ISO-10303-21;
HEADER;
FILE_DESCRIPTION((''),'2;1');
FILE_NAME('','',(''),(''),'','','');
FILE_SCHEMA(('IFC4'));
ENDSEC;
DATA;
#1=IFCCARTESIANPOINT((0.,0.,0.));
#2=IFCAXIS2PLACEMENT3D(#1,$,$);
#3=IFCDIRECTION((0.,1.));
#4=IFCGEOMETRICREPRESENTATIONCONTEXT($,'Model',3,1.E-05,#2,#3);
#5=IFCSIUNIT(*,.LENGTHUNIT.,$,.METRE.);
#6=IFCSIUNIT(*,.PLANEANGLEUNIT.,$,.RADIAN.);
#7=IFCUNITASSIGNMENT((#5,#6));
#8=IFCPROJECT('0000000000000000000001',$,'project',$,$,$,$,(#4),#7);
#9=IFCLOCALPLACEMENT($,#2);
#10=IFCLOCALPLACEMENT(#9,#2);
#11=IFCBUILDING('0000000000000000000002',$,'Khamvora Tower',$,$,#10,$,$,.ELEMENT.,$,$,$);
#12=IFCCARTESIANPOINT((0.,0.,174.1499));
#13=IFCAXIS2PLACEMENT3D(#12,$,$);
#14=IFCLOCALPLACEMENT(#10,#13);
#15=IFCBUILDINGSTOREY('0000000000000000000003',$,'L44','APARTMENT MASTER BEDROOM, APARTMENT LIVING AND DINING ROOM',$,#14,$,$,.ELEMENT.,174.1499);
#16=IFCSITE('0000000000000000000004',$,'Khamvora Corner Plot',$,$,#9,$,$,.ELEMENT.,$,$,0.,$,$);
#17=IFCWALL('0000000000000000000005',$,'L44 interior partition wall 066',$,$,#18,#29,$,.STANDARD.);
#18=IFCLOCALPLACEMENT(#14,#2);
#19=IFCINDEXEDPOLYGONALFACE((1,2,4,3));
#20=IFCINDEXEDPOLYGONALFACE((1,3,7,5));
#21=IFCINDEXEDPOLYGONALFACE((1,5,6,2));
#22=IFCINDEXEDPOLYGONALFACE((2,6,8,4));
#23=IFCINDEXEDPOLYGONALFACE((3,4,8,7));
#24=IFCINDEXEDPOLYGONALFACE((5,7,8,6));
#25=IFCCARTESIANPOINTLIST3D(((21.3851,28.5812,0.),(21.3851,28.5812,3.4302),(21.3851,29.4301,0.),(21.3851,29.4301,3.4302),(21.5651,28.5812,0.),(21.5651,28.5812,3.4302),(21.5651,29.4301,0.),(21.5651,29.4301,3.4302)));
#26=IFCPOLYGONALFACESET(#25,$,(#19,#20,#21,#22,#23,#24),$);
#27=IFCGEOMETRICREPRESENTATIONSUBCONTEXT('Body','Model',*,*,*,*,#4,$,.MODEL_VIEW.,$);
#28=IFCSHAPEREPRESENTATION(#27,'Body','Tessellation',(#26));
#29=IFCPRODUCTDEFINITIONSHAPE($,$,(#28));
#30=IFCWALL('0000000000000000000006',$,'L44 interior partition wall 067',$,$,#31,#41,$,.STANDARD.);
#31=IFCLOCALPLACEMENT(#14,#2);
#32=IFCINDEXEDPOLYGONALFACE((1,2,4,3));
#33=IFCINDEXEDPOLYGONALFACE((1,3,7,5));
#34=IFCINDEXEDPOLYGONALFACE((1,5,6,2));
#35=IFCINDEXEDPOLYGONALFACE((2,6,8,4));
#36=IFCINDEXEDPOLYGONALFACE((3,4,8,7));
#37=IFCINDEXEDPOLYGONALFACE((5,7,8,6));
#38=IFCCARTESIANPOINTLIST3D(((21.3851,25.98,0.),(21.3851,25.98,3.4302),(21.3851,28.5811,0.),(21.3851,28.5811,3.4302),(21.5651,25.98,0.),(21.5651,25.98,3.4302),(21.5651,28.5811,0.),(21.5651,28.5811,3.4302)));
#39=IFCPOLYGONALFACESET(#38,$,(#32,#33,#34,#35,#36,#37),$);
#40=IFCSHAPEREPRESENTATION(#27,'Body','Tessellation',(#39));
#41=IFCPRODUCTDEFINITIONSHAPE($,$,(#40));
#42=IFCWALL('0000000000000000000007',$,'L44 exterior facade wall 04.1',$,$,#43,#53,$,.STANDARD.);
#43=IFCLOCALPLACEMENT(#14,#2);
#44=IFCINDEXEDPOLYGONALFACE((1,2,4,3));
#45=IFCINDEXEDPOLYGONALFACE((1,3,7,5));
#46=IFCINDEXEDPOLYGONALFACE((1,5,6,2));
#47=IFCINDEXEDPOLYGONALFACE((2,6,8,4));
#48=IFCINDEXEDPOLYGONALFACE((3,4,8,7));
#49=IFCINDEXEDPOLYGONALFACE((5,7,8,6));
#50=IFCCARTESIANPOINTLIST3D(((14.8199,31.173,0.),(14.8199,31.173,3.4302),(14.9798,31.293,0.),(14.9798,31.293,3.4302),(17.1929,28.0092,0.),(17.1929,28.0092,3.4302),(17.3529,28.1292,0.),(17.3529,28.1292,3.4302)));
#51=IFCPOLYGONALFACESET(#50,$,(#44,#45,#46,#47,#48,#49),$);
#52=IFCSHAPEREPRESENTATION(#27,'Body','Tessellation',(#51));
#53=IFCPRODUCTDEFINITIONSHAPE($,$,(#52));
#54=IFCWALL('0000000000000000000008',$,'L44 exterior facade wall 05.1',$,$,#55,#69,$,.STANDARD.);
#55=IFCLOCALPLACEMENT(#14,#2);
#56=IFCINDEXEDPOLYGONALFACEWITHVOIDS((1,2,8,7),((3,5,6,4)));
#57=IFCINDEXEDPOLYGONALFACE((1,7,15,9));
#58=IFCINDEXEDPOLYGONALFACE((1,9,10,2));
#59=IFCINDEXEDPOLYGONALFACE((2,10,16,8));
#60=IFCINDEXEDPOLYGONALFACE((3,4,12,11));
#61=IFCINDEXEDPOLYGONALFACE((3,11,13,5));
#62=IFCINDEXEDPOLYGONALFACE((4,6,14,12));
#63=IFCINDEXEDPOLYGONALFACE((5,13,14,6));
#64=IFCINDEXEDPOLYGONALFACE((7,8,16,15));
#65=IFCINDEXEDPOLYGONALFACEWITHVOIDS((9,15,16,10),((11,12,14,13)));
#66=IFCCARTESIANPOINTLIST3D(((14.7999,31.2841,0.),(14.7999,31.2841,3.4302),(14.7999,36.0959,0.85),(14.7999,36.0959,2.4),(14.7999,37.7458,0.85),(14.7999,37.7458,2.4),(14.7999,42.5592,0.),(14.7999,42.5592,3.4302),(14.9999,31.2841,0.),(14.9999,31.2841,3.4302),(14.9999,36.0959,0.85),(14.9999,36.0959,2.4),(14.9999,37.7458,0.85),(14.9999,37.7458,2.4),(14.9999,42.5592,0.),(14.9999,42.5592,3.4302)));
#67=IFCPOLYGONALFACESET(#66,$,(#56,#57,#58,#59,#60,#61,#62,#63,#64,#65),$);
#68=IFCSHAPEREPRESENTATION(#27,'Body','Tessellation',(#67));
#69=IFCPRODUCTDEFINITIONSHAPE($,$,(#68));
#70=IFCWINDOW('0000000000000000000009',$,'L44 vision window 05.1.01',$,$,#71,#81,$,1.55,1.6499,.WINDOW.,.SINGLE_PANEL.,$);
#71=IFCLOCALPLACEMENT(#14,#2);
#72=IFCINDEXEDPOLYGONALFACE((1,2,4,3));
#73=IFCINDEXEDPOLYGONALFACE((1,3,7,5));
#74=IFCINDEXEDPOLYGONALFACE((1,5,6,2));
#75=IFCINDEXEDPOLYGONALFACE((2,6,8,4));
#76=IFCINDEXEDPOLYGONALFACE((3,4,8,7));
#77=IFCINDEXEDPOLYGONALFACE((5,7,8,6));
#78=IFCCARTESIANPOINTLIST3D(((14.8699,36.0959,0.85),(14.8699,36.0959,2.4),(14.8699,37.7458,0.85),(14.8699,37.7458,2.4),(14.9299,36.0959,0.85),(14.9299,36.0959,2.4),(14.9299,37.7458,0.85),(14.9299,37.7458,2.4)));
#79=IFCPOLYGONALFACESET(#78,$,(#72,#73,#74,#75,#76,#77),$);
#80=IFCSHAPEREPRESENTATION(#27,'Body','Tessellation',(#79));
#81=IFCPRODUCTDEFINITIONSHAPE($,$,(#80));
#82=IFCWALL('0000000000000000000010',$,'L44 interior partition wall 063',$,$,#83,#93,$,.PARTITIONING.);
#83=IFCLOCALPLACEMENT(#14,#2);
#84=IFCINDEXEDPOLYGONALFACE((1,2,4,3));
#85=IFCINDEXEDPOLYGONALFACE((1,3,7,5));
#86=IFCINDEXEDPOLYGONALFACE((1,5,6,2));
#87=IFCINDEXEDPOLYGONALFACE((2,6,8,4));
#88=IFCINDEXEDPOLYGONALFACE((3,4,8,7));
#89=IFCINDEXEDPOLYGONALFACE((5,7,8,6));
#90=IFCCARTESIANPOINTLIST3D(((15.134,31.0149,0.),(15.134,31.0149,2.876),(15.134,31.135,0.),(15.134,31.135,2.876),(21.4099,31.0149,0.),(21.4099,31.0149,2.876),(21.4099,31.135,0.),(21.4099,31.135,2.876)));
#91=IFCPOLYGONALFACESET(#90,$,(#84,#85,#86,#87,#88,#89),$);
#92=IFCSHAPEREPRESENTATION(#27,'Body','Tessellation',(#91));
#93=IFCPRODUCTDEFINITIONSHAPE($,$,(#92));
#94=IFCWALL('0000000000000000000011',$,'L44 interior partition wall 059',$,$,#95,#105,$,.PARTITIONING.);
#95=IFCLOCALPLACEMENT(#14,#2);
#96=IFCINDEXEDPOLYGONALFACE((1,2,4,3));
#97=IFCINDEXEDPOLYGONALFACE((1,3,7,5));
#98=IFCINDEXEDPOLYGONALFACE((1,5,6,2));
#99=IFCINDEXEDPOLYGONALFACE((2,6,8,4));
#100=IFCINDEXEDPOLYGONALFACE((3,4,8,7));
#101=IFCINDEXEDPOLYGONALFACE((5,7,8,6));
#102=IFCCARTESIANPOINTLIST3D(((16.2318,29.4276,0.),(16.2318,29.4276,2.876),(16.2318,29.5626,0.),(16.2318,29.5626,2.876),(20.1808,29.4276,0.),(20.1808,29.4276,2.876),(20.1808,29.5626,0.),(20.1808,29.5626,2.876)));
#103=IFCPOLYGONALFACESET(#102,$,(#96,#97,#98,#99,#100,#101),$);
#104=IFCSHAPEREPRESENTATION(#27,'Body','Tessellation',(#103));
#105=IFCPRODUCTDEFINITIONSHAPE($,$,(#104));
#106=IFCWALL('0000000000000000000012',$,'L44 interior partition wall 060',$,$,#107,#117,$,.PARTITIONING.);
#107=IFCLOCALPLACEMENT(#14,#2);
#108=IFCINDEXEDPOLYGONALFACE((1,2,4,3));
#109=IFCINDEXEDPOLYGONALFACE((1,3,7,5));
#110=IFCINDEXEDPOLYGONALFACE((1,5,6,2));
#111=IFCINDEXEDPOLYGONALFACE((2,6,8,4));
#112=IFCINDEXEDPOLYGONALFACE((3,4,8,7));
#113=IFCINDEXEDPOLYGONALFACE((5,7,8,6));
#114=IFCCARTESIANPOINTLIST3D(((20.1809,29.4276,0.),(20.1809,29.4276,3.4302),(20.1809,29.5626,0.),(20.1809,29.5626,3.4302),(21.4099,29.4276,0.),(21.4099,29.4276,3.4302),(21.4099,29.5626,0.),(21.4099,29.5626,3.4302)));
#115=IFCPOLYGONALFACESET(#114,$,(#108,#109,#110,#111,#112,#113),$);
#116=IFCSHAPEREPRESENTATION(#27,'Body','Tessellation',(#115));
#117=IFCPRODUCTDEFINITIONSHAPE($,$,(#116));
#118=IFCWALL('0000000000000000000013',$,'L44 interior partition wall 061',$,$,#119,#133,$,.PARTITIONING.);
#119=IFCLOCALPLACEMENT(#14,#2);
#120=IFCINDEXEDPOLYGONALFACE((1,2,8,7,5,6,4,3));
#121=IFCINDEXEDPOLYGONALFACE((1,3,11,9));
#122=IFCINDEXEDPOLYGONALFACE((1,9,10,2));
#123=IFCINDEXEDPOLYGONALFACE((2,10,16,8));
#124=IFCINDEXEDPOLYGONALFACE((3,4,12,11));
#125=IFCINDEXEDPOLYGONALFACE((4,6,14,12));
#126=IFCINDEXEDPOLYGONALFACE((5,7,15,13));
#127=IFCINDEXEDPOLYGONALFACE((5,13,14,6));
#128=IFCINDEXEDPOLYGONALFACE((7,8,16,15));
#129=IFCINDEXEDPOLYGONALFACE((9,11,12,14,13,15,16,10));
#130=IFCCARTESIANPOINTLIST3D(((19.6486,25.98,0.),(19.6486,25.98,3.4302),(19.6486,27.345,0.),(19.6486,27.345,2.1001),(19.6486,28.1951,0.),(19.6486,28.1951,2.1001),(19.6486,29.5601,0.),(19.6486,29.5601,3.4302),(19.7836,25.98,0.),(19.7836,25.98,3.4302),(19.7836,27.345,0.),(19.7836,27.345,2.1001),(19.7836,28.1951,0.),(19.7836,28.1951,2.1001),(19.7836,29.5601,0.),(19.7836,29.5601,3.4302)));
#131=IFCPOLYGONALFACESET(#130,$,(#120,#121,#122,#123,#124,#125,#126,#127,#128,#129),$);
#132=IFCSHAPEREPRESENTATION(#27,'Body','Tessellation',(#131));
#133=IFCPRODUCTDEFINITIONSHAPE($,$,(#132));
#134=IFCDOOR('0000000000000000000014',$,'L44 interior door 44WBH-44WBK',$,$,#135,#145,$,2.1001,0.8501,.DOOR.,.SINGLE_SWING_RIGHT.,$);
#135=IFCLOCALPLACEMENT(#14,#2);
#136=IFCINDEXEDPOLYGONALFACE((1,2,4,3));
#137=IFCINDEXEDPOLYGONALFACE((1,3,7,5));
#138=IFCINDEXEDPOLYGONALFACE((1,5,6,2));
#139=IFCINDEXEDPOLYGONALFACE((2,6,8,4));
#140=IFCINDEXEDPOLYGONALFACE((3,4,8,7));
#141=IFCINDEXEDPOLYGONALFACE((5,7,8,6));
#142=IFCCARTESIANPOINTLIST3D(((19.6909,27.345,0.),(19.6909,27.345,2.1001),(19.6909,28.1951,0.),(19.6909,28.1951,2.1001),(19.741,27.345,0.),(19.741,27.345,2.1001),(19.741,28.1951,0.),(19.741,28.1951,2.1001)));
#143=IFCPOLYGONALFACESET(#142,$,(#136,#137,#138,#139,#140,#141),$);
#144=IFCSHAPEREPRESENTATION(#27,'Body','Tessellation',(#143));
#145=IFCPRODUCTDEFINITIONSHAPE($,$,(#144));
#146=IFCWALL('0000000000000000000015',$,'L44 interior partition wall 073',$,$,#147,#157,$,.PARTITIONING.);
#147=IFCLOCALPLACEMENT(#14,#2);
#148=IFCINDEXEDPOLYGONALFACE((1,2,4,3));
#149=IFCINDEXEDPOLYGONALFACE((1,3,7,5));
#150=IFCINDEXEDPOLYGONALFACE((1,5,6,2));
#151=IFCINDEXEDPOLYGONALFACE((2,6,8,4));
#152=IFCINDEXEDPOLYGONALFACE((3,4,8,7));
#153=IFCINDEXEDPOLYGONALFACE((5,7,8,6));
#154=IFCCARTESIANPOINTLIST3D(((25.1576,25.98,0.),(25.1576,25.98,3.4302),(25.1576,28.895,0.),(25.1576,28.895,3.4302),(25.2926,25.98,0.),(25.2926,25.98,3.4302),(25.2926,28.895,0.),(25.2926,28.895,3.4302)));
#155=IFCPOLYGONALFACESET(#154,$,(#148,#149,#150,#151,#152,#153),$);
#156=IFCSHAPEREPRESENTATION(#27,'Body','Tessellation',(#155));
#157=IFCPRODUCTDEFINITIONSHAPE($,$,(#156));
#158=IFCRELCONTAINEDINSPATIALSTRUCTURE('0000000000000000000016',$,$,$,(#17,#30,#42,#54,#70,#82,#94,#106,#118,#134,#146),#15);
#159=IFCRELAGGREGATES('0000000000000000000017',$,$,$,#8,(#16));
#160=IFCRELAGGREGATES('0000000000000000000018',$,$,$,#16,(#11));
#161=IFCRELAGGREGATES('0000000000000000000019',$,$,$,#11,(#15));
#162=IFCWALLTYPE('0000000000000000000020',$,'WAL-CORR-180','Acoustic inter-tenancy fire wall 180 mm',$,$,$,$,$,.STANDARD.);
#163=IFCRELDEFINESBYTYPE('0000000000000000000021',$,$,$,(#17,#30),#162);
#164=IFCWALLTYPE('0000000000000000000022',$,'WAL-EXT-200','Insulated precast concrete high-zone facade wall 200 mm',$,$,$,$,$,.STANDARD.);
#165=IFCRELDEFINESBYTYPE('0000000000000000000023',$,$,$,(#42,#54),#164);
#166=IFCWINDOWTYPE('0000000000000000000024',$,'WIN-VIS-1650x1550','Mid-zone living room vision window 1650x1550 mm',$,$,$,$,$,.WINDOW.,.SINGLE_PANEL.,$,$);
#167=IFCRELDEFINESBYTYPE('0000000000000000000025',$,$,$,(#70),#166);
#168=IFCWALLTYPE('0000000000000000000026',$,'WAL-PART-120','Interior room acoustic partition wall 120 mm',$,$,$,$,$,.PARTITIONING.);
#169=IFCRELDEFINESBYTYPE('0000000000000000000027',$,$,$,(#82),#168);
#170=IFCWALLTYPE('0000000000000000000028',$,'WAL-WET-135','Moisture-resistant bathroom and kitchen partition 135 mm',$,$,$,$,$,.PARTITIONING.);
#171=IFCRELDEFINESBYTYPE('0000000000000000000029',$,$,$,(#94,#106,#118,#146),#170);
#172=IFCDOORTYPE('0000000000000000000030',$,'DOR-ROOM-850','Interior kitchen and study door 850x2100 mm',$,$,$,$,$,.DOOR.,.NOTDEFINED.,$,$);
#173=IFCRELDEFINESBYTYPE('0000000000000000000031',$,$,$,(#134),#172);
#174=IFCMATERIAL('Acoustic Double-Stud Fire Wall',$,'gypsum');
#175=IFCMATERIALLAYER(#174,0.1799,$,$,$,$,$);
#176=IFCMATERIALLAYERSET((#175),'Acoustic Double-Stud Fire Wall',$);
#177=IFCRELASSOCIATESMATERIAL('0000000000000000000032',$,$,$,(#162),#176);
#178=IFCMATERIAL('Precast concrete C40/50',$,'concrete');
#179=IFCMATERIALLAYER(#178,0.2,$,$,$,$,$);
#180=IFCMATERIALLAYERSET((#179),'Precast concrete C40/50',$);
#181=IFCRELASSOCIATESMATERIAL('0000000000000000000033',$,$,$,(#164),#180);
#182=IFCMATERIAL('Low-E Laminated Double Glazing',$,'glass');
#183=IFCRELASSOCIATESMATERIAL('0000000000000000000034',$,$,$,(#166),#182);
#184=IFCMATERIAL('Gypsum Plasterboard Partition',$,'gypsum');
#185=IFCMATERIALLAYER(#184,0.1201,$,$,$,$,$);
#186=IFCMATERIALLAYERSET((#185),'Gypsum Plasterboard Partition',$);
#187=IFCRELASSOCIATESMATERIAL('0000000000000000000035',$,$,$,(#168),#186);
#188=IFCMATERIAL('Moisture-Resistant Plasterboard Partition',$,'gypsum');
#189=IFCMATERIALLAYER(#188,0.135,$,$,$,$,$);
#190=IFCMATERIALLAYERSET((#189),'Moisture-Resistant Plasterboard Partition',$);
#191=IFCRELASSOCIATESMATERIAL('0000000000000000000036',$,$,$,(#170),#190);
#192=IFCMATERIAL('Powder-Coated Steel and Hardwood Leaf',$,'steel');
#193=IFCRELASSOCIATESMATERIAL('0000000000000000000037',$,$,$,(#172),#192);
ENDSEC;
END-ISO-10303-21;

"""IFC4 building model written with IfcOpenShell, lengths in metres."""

from ifc_helpers import new_model, si_unit, direction, frame, frame_2d, origin, place, context, subcontext, project, spatial, rectangle, extrude, material, layer, layer_set, type_object, element, fill, save


model = new_model("IFC4")

# Units and contexts
model_context = context("Model", 3, precision=1e-05, world=origin(), true_north=direction((0.0, 1.0)))
body_context = subcontext(model_context, "Body", "Model", "MODEL_VIEW")
ifc_project = project(units=[si_unit("LENGTHUNIT", "METRE"), si_unit("PLANEANGLEUNIT", "RADIAN")], contexts=[model_context])

# Site, building, storey
site_placement = place(None, origin())
site = spatial("IfcSite", under=ifc_project, at=site_placement, Name="Khamvora Corner Plot", CompositionType="ELEMENT", RefElevation=0.0)
building_placement = place(site_placement, origin())
building = spatial("IfcBuilding", under=site, at=building_placement, Name="Khamvora Tower", CompositionType="ELEMENT")
storey_placement = place(building_placement, frame((0.0, 0.0, 174.1499)))
storey = spatial("IfcBuildingStorey", under=building, at=storey_placement, Name="L44", Description="APARTMENT MASTER BEDROOM, APARTMENT LIVING AND DINING ROOM", CompositionType="ELEMENT", Elevation=174.1499)

# Walls
ifc_material_1 = material(Name="Acoustic Double-Stud Fire Wall", Category="gypsum")
ifc_layer_1 = layer(ifc_material_1, 0.1799)
ifc_layer_set_1 = layer_set([ifc_layer_1], Name="Acoustic Double-Stud Fire Wall")
wall_type_1 = type_object("IfcWallType", Name="WAL-CORR-180", Description="Acoustic inter-tenancy fire wall 180 mm", PredefinedType="STANDARD", material=ifc_layer_set_1)
wall_1_placement = place(storey_placement, frame((21.4751, 29.4299, 0.0), z_axis=(0.0, 0.0, 1.0), x_axis=(0.0, -1.0, 0.0)))
element("IfcWall", 1, at=wall_1_placement, inside=storey, type_object=wall_type_1, Name="L44 interior partition wall 066", PredefinedType="STANDARD", context=body_context, shape_type="SweptSolid", body=[
    extrude(rectangle(XDim=0.8489, YDim=0.1799, at=frame_2d((0.4243, 0.0))), origin(), (0.0, 0.0, 1.0), 3.4302),
])
wall_2_placement = place(storey_placement, frame((21.4751, 28.5811, 0.0), z_axis=(0.0, 0.0, 1.0), x_axis=(0.0, -1.0, 0.0)))
element("IfcWall", 2, at=wall_2_placement, inside=storey, type_object=wall_type_1, Name="L44 interior partition wall 067", PredefinedType="STANDARD", context=body_context, shape_type="SweptSolid", body=[
    extrude(rectangle(XDim=2.6011, YDim=0.1799, at=frame_2d((1.3005, 0.0))), origin(), (0.0, 0.0, 1.0), 3.4302),
])
ifc_material_2 = material(Name="Precast concrete C40/50", Category="concrete")
ifc_layer_2 = layer(ifc_material_2, 0.2)
ifc_layer_set_2 = layer_set([ifc_layer_2], Name="Precast concrete C40/50")
wall_type_2 = type_object("IfcWallType", Name="WAL-EXT-200", Description="Insulated precast concrete high-zone facade wall 200 mm", PredefinedType="STANDARD", material=ifc_layer_set_2)
wall_3_placement = place(storey_placement, frame((17.2729, 28.0691, 0.0), z_axis=(0.0, 0.0, 1.0), x_axis=(-0.60003, 0.799978, 0.0)))
element("IfcWall", 3, at=wall_3_placement, inside=storey, type_object=wall_type_2, Name="L44 exterior facade wall 04.1", PredefinedType="STANDARD", context=body_context, shape_type="SweptSolid", body=[
    extrude(rectangle(XDim=3.9548, YDim=0.2, at=frame_2d((1.9775, 0.0))), origin(), (0.0, 0.0, 1.0), 3.4302),
])

# Wall, opening, window
wall_4_placement = place(storey_placement, frame((14.8999, 31.2839, 0.0), z_axis=(0.0, 0.0, 1.0), x_axis=(0.0, 1.0, 0.0)))
wall_4 = element("IfcWall", 4, at=wall_4_placement, inside=storey, type_object=wall_type_2, Name="L44 exterior facade wall 05.1", PredefinedType="STANDARD", context=body_context, shape_type="SweptSolid", body=[
    extrude(rectangle(XDim=11.2751, YDim=0.2, at=frame_2d((5.6377, 0.0))), origin(), (0.0, 0.0, 1.0), 3.4302),
])
opening_1_placement = place(wall_4_placement, frame((4.812, 0.0, 0.8501)))
opening_1 = element("IfcOpeningElement", 5, at=opening_1_placement, cuts=wall_4, PredefinedType="OPENING", context=body_context, shape_type="SweptSolid", body=[
    extrude(rectangle(XDim=1.6499, YDim=1.55, at=frame_2d((0.825, 0.7749))), frame((0.0, 0.1099, 0.0), z_axis=(0.0, -1.0, 0.0), x_axis=(1.0, 0.0, 0.0)), (0.0, 0.0, 1.0), 0.22),
])
ifc_material_3 = material(Name="Low-E Laminated Double Glazing", Category="glass")
window_type = type_object("IfcWindowType", Name="WIN-VIS-1650x1550", Description="Mid-zone living room vision window 1650x1550 mm", PartitioningType="SINGLE_PANEL", PredefinedType="WINDOW", material=ifc_material_3)
window_placement = place(opening_1_placement, origin())
window = element("IfcWindow", 6, at=window_placement, inside=storey, type_object=window_type, Name="L44 vision window 05.1.01", OverallHeight=1.55, OverallWidth=1.6499, PartitioningType="SINGLE_PANEL", PredefinedType="WINDOW", context=body_context, shape_type="SweptSolid", body=[
    extrude(rectangle(XDim=1.6499, YDim=1.55, at=frame_2d((0.825, 0.7749))), frame((0.0, 0.03, 0.0), z_axis=(0.0, -1.0, 0.0), x_axis=(1.0, 0.0, 0.0)), (0.0, 0.0, 1.0), 0.0601),
])
fill(opening_1, window)

# Walls
ifc_material_4 = material(Name="Gypsum Plasterboard Partition", Category="gypsum")
ifc_layer_3 = layer(ifc_material_4, 0.1201)
ifc_layer_set_3 = layer_set([ifc_layer_3], Name="Gypsum Plasterboard Partition")
wall_type_3 = type_object("IfcWallType", Name="WAL-PART-120", Description="Interior room acoustic partition wall 120 mm", PredefinedType="PARTITIONING", material=ifc_layer_set_3)
wall_5_placement = place(storey_placement, frame((15.134, 31.075, 0.0), z_axis=(0.0, 0.0, 1.0), x_axis=(1.0, 0.0, 0.0)))
element("IfcWall", 7, at=wall_5_placement, inside=storey, type_object=wall_type_3, Name="L44 interior partition wall 063", PredefinedType="PARTITIONING", context=body_context, shape_type="SweptSolid", body=[
    extrude(rectangle(XDim=6.2759, YDim=0.1201, at=frame_2d((3.1379, 0.0))), origin(), (0.0, 0.0, 1.0), 2.876),
])
ifc_material_5 = material(Name="Moisture-Resistant Plasterboard Partition", Category="gypsum")
ifc_layer_4 = layer(ifc_material_5, 0.135)
ifc_layer_set_4 = layer_set([ifc_layer_4], Name="Moisture-Resistant Plasterboard Partition")
wall_type_4 = type_object("IfcWallType", Name="WAL-WET-135", Description="Moisture-resistant bathroom and kitchen partition 135 mm", PredefinedType="PARTITIONING", material=ifc_layer_set_4)
wall_6_placement = place(storey_placement, frame((20.1809, 29.4951, 0.0), z_axis=(0.0, 0.0, 1.0), x_axis=(-1.0, 0.0, 0.0)))
element("IfcWall", 8, at=wall_6_placement, inside=storey, type_object=wall_type_4, Name="L44 interior partition wall 059", PredefinedType="PARTITIONING", context=body_context, shape_type="SweptSolid", body=[
    extrude(rectangle(XDim=3.949, YDim=0.135, at=frame_2d((1.9746, 0.0))), origin(), (0.0, 0.0, 1.0), 2.876),
])
wall_7_placement = place(storey_placement, frame((21.4099, 29.4951, 0.0), z_axis=(0.0, 0.0, 1.0), x_axis=(-1.0, 0.0, 0.0)))
element("IfcWall", 9, at=wall_7_placement, inside=storey, type_object=wall_type_4, Name="L44 interior partition wall 060", PredefinedType="PARTITIONING", context=body_context, shape_type="SweptSolid", body=[
    extrude(rectangle(XDim=1.229, YDim=0.135, at=frame_2d((0.6145, 0.0))), origin(), (0.0, 0.0, 1.0), 3.4302),
])

# Wall, opening, door
wall_8_placement = place(storey_placement, frame((19.7161, 29.5601, 0.0), z_axis=(0.0, 0.0, 1.0), x_axis=(0.0, -1.0, 0.0)))
wall_8 = element("IfcWall", 10, at=wall_8_placement, inside=storey, type_object=wall_type_4, Name="L44 interior partition wall 061", PredefinedType="PARTITIONING", context=body_context, shape_type="SweptSolid", body=[
    extrude(rectangle(XDim=3.5801, YDim=0.135, at=frame_2d((1.79, 0.0))), origin(), (0.0, 0.0, 1.0), 3.4302),
])
opening_2_placement = place(wall_8_placement, frame((1.365, 0.0, 0.0)))
opening_2 = element("IfcOpeningElement", 11, at=opening_2_placement, cuts=wall_8, PredefinedType="OPENING", context=body_context, shape_type="SweptSolid", body=[
    extrude(rectangle(XDim=0.8501, YDim=2.1001, at=frame_2d((0.425, 1.05))), frame((0.0, 0.0774, 0.0), z_axis=(0.0, -1.0, 0.0), x_axis=(1.0, 0.0, 0.0)), (0.0, 0.0, 1.0), 0.155),
])
ifc_material_6 = material(Name="Powder-Coated Steel and Hardwood Leaf", Category="steel")
door_type_1 = type_object("IfcDoorType", Name="DOR-ROOM-850", Description="Interior kitchen and study door 850x2100 mm", OperationType="NOTDEFINED", PredefinedType="DOOR", material=ifc_material_6)
door_1_placement = place(opening_2_placement, origin())
door_1 = element("IfcDoor", 12, at=door_1_placement, inside=storey, type_object=door_type_1, Name="L44 interior door 44WBH-44WBK", OperationType="SINGLE_SWING_RIGHT", OverallHeight=2.1001, OverallWidth=0.8501, PredefinedType="DOOR", context=body_context, shape_type="SweptSolid", body=[
    extrude(rectangle(XDim=0.8501, YDim=2.1001, at=frame_2d((0.425, 1.05))), frame((0.0, 0.0249, 0.0), z_axis=(0.0, -1.0, 0.0), x_axis=(1.0, 0.0, 0.0)), (0.0, 0.0, 1.0), 0.05),
])
fill(opening_2, door_1)

# Wall
wall_9_placement = place(storey_placement, frame((25.2251, 25.98, 0.0), z_axis=(0.0, 0.0, 1.0), x_axis=(0.0, 1.0, 0.0)))
element("IfcWall", 13, at=wall_9_placement, inside=storey, type_object=wall_type_4, Name="L44 interior partition wall 073", PredefinedType="PARTITIONING", context=body_context, shape_type="SweptSolid", body=[
    extrude(rectangle(XDim=2.915, YDim=0.135, at=frame_2d((1.4575, 0.0))), origin(), (0.0, 0.0, 1.0), 3.4302),
])

save(model, "model.ifc")
